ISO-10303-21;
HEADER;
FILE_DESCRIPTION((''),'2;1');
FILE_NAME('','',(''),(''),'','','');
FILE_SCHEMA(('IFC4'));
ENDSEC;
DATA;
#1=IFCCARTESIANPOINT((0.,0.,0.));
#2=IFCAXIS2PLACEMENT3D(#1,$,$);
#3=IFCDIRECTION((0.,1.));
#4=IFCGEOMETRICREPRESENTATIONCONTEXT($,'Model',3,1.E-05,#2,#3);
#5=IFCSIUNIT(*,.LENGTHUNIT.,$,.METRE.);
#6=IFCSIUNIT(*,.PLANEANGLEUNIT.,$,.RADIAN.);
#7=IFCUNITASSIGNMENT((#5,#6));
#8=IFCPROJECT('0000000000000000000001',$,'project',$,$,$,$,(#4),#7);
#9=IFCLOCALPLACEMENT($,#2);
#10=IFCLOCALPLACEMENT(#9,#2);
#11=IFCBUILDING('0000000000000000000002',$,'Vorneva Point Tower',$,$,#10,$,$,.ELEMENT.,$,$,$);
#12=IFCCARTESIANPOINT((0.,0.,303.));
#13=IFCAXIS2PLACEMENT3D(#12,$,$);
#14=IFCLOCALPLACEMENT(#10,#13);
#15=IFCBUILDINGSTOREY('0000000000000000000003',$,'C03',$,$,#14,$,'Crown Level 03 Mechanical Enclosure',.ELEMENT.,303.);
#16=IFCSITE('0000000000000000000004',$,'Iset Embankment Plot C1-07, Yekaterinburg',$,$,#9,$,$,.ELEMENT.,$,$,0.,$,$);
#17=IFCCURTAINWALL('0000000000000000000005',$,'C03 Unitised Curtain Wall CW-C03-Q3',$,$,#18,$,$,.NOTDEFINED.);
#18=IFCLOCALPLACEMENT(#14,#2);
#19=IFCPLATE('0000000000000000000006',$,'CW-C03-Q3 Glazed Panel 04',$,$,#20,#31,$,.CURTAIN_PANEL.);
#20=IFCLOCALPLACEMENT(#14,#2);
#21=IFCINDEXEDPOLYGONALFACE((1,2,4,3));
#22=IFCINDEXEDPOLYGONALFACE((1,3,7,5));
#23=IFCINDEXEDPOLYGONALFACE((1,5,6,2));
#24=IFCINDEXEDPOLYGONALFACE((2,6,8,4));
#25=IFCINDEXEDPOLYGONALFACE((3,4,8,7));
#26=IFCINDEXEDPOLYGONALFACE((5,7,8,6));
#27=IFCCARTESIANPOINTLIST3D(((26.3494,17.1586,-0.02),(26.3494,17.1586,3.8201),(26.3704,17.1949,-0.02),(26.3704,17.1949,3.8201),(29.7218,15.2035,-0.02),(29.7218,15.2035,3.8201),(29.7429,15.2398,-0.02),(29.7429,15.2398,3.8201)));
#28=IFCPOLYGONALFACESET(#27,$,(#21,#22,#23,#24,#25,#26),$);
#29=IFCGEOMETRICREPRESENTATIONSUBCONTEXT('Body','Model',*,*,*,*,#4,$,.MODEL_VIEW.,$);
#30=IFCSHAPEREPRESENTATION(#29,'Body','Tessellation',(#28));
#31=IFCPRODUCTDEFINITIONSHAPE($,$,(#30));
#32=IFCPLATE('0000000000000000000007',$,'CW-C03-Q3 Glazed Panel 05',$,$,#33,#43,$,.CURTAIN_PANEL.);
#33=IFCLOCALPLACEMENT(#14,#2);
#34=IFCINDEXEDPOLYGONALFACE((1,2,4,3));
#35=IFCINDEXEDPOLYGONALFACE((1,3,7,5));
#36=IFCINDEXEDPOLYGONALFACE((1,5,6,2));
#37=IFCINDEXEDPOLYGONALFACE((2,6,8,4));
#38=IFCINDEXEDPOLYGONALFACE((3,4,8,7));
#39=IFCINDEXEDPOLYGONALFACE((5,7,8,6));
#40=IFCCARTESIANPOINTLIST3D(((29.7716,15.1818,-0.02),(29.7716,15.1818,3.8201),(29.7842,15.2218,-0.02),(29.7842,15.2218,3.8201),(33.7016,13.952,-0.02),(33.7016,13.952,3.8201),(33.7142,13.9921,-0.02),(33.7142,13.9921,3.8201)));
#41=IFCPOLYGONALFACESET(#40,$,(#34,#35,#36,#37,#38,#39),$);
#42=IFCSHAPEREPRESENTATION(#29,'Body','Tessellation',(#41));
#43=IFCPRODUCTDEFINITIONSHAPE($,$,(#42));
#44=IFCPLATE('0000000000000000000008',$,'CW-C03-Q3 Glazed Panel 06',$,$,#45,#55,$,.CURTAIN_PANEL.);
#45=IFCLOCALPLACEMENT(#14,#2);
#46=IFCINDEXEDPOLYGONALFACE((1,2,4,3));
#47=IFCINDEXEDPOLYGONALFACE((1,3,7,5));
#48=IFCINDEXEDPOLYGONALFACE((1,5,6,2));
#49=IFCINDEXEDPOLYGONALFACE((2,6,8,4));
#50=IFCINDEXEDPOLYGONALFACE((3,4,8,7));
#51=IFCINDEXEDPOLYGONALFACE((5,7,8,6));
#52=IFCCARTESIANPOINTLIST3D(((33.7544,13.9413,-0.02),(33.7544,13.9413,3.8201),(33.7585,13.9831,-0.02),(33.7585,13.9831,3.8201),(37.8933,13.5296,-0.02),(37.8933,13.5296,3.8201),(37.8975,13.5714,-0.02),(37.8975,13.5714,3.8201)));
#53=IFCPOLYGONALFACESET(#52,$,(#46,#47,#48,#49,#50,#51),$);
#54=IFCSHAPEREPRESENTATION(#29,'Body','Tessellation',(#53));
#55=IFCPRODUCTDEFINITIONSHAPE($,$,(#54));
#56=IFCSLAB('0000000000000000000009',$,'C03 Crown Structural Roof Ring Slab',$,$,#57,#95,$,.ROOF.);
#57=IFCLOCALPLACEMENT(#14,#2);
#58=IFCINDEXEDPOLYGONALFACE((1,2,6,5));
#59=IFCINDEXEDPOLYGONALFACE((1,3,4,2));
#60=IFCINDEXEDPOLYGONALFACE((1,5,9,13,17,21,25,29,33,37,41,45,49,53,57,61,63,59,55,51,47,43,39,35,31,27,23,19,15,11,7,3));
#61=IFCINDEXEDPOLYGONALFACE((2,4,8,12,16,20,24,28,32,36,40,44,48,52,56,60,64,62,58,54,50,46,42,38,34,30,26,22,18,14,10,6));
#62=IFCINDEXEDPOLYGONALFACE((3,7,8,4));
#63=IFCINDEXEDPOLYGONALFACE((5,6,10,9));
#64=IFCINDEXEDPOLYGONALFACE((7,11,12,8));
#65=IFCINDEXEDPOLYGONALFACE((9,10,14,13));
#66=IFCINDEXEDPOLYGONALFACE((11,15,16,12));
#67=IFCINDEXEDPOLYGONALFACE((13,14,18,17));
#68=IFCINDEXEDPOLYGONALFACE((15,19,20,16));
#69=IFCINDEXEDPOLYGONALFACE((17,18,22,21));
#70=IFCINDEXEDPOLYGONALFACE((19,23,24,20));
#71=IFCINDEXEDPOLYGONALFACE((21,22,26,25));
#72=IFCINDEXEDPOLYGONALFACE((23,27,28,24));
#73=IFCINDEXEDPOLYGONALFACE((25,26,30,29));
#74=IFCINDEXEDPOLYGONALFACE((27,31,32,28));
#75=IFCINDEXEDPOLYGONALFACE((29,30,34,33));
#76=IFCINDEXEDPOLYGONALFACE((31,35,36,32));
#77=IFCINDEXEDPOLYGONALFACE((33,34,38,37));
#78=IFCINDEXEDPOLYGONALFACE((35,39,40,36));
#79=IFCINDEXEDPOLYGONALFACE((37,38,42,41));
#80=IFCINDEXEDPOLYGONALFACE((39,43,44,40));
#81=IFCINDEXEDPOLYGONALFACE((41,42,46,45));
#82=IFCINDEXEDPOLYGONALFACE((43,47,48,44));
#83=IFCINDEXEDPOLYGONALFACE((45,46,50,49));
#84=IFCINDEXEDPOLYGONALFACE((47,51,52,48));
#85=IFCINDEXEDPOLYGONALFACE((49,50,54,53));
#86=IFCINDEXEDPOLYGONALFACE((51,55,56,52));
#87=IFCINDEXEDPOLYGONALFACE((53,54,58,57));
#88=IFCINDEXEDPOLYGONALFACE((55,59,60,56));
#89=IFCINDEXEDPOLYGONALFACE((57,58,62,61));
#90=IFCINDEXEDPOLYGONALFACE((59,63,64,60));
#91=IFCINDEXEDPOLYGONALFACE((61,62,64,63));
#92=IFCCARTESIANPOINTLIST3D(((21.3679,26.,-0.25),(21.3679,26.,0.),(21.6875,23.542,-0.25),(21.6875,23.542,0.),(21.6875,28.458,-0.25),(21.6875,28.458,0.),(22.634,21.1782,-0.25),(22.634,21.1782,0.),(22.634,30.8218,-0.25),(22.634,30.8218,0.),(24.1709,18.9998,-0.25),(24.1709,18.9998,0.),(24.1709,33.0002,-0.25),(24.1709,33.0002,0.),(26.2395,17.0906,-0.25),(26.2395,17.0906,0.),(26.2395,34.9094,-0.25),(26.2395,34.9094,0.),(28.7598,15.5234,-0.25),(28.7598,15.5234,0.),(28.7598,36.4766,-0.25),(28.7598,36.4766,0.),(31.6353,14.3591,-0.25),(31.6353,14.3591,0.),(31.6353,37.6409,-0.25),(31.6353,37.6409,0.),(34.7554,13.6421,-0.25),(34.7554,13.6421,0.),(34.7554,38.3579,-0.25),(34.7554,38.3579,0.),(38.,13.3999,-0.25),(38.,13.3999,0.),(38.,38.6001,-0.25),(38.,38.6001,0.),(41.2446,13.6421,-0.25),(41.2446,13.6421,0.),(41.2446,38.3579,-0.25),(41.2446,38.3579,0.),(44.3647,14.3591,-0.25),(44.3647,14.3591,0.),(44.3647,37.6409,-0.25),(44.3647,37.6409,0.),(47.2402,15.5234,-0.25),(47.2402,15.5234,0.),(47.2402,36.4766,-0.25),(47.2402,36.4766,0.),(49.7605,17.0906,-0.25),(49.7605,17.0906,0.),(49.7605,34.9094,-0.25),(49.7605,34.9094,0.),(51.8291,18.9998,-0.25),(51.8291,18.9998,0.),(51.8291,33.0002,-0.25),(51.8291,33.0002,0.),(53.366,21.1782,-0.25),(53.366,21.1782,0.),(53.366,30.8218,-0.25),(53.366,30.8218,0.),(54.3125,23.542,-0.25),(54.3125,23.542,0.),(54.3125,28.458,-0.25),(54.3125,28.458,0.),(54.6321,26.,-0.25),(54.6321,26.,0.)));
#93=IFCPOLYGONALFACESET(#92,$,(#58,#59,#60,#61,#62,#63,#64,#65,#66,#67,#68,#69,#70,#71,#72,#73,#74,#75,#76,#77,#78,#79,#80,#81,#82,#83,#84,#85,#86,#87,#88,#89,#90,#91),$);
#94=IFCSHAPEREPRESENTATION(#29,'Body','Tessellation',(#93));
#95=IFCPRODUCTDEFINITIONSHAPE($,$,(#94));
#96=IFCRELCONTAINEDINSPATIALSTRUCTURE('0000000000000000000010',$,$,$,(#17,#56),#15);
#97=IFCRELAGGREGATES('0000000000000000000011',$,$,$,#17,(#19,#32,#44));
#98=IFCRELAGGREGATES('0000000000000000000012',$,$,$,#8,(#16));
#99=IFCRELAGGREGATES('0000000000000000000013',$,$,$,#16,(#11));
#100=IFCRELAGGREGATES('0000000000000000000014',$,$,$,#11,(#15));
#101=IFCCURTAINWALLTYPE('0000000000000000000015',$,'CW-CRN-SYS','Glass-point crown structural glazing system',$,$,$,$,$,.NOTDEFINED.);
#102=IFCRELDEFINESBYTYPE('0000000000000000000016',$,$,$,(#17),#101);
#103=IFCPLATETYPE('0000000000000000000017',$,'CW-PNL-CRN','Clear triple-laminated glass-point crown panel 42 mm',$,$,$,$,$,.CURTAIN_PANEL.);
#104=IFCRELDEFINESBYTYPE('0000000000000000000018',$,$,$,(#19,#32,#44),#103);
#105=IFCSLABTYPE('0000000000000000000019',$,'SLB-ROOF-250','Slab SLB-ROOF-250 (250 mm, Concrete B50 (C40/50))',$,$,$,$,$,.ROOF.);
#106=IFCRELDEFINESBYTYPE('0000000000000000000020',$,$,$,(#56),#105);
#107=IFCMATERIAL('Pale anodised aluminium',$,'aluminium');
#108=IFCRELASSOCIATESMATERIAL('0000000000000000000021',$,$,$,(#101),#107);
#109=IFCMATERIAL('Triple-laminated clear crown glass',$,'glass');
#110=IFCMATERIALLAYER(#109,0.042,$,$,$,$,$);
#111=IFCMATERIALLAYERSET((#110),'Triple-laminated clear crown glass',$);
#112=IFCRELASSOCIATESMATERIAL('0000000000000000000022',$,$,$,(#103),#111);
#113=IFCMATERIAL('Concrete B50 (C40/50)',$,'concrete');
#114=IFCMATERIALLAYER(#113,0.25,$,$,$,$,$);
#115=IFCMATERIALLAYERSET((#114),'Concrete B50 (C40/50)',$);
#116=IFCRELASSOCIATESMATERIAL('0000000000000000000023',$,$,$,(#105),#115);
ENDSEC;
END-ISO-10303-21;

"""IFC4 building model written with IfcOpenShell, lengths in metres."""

from ifc_helpers import new_model, si_unit, direction, frame, origin, origin_2d, place, context, subcontext, project, spatial, polyline, rectangle, outline, extrude, material, layer, layer_set, type_object, element, aggregate, save


model = new_model("IFC4")

# Units and contexts
model_context = context("Model", 3, precision=1e-05, world=origin(), true_north=direction((0.0, 1.0)))
body_context = subcontext(model_context, "Body", "Model", "MODEL_VIEW")
ifc_project = project(units=[si_unit("LENGTHUNIT", "METRE"), si_unit("PLANEANGLEUNIT", "RADIAN")], contexts=[model_context])

# Site, building, storey
site_placement = place(None, origin())
site = spatial("IfcSite", under=ifc_project, at=site_placement, Name="Iset Embankment Plot C1-07, Yekaterinburg", CompositionType="ELEMENT", RefElevation=0.0)
building_placement = place(site_placement, origin())
building = spatial("IfcBuilding", under=site, at=building_placement, Name="Vorneva Point Tower", CompositionType="ELEMENT")
storey_placement = place(building_placement, frame((0.0, 0.0, 303.0)))
storey = spatial("IfcBuildingStorey", under=building, at=storey_placement, Name="C03", LongName="Crown Level 03 Mechanical Enclosure", CompositionType="ELEMENT", Elevation=303.0)

# Curtain wall
ifc_material_1 = material(Name="Pale anodised aluminium", Category="aluminium")
curtain_wall_type = type_object("IfcCurtainWallType", Name="CW-CRN-SYS", Description="Glass-point crown structural glazing system", PredefinedType="NOTDEFINED", material=ifc_material_1)
curtain_wall_placement = place(storey_placement, origin())
curtain_wall = element("IfcCurtainWall", 1, at=curtain_wall_placement, inside=storey, type_object=curtain_wall_type, Name="C03 Unitised Curtain Wall CW-C03-Q3", PredefinedType="NOTDEFINED")

# Plates
ifc_material_2 = material(Name="Triple-laminated clear crown glass", Category="glass")
ifc_layer_1 = layer(ifc_material_2, 0.042)
ifc_layer_set_1 = layer_set([ifc_layer_1], Name="Triple-laminated clear crown glass")
plate_type = type_object("IfcPlateType", Name="CW-PNL-CRN", Description="Clear triple-laminated glass-point crown panel 42 mm", PredefinedType="CURTAIN_PANEL", material=ifc_layer_set_1)
plate_1_placement = place(storey_placement, frame((28.0461, 16.1992, -0.02), z_axis=(0.0, 0.0, 1.0), x_axis=(0.865134, -0.501541, 0.0)))
plate_1 = element("IfcPlate", 2, at=plate_1_placement, type_object=plate_type, Name="CW-C03-Q3 Glazed Panel 04", PredefinedType="CURTAIN_PANEL", context=body_context, shape_type="SweptSolid", body=[
    extrude(rectangle(XDim=3.8982, YDim=0.042, at=origin_2d()), origin(), (0.0, 0.0, 1.0), 3.8401),
])
plate_2_placement = place(storey_placement, frame((31.7429, 14.5869, -0.02), z_axis=(0.0, 0.0, 1.0), x_axis=(0.954366, -0.298641, 0.0)))
plate_2 = element("IfcPlate", 3, at=plate_2_placement, type_object=plate_type, Name="CW-C03-Q3 Glazed Panel 05", PredefinedType="CURTAIN_PANEL", context=body_context, shape_type="SweptSolid", body=[
    extrude(rectangle(XDim=4.1179, YDim=0.042, at=origin_2d()), origin(), (0.0, 0.0, 1.0), 3.8401),
])
plate_3_placement = place(storey_placement, frame((35.8259, 13.7563, -0.02), z_axis=(0.0, 0.0, 1.0), x_axis=(0.995088, -0.09899, 0.0)))
plate_3 = element("IfcPlate", 4, at=plate_3_placement, type_object=plate_type, Name="CW-C03-Q3 Glazed Panel 06", PredefinedType="CURTAIN_PANEL", context=body_context, shape_type="SweptSolid", body=[
    extrude(rectangle(XDim=4.1594, YDim=0.042, at=origin_2d()), origin(), (0.0, 0.0, 1.0), 3.8401),
])
aggregate(curtain_wall, [plate_1, plate_2, plate_3])

# Slab
ifc_material_3 = material(Name="Concrete B50 (C40/50)", Category="concrete")
ifc_layer_2 = layer(ifc_material_3, 0.25)
ifc_layer_set_2 = layer_set([ifc_layer_2], Name="Concrete B50 (C40/50)")
slab_type = type_object("IfcSlabType", Name="SLB-ROOF-250", Description="Slab SLB-ROOF-250 (250 mm, Concrete B50 (C40/50))", PredefinedType="ROOF", material=ifc_layer_set_2)
slab_placement = place(storey_placement, frame((0.0, 0.0, -0.25)))
element("IfcSlab", 5, at=slab_placement, inside=storey, type_object=slab_type, Name="C03 Crown Structural Roof Ring Slab", PredefinedType="ROOF", context=body_context, shape_type="SweptSolid", body=[
    extrude(outline(polyline([(54.6321, 26.0), (54.3125, 28.458), (53.366, 30.8218), (51.8291, 33.0002), (49.7605, 34.9094), (47.2402, 36.4766), (44.3647, 37.6409), (41.2446, 38.3579), (38.0, 38.6001), (34.7554, 38.3579), (31.6353, 37.6409), (28.7598, 36.4766), (26.2395, 34.9094), (24.1709, 33.0002), (22.634, 30.8218), (21.6875, 28.458), (21.3679, 26.0), (21.6875, 23.542), (22.634, 21.1782), (24.1709, 18.9998), (26.2395, 17.0906), (28.7598, 15.5234), (31.6353, 14.3591), (34.7554, 13.6421), (38.0, 13.3999), (41.2446, 13.6421), (44.3647, 14.3591), (47.2402, 15.5234), (49.7605, 17.0906), (51.8291, 18.9998), (53.366, 21.1782), (54.3125, 23.542), (54.6321, 26.0)])), origin(), (0.0, 0.0, 1.0), 0.25),
])

save(model, "model.ifc")
